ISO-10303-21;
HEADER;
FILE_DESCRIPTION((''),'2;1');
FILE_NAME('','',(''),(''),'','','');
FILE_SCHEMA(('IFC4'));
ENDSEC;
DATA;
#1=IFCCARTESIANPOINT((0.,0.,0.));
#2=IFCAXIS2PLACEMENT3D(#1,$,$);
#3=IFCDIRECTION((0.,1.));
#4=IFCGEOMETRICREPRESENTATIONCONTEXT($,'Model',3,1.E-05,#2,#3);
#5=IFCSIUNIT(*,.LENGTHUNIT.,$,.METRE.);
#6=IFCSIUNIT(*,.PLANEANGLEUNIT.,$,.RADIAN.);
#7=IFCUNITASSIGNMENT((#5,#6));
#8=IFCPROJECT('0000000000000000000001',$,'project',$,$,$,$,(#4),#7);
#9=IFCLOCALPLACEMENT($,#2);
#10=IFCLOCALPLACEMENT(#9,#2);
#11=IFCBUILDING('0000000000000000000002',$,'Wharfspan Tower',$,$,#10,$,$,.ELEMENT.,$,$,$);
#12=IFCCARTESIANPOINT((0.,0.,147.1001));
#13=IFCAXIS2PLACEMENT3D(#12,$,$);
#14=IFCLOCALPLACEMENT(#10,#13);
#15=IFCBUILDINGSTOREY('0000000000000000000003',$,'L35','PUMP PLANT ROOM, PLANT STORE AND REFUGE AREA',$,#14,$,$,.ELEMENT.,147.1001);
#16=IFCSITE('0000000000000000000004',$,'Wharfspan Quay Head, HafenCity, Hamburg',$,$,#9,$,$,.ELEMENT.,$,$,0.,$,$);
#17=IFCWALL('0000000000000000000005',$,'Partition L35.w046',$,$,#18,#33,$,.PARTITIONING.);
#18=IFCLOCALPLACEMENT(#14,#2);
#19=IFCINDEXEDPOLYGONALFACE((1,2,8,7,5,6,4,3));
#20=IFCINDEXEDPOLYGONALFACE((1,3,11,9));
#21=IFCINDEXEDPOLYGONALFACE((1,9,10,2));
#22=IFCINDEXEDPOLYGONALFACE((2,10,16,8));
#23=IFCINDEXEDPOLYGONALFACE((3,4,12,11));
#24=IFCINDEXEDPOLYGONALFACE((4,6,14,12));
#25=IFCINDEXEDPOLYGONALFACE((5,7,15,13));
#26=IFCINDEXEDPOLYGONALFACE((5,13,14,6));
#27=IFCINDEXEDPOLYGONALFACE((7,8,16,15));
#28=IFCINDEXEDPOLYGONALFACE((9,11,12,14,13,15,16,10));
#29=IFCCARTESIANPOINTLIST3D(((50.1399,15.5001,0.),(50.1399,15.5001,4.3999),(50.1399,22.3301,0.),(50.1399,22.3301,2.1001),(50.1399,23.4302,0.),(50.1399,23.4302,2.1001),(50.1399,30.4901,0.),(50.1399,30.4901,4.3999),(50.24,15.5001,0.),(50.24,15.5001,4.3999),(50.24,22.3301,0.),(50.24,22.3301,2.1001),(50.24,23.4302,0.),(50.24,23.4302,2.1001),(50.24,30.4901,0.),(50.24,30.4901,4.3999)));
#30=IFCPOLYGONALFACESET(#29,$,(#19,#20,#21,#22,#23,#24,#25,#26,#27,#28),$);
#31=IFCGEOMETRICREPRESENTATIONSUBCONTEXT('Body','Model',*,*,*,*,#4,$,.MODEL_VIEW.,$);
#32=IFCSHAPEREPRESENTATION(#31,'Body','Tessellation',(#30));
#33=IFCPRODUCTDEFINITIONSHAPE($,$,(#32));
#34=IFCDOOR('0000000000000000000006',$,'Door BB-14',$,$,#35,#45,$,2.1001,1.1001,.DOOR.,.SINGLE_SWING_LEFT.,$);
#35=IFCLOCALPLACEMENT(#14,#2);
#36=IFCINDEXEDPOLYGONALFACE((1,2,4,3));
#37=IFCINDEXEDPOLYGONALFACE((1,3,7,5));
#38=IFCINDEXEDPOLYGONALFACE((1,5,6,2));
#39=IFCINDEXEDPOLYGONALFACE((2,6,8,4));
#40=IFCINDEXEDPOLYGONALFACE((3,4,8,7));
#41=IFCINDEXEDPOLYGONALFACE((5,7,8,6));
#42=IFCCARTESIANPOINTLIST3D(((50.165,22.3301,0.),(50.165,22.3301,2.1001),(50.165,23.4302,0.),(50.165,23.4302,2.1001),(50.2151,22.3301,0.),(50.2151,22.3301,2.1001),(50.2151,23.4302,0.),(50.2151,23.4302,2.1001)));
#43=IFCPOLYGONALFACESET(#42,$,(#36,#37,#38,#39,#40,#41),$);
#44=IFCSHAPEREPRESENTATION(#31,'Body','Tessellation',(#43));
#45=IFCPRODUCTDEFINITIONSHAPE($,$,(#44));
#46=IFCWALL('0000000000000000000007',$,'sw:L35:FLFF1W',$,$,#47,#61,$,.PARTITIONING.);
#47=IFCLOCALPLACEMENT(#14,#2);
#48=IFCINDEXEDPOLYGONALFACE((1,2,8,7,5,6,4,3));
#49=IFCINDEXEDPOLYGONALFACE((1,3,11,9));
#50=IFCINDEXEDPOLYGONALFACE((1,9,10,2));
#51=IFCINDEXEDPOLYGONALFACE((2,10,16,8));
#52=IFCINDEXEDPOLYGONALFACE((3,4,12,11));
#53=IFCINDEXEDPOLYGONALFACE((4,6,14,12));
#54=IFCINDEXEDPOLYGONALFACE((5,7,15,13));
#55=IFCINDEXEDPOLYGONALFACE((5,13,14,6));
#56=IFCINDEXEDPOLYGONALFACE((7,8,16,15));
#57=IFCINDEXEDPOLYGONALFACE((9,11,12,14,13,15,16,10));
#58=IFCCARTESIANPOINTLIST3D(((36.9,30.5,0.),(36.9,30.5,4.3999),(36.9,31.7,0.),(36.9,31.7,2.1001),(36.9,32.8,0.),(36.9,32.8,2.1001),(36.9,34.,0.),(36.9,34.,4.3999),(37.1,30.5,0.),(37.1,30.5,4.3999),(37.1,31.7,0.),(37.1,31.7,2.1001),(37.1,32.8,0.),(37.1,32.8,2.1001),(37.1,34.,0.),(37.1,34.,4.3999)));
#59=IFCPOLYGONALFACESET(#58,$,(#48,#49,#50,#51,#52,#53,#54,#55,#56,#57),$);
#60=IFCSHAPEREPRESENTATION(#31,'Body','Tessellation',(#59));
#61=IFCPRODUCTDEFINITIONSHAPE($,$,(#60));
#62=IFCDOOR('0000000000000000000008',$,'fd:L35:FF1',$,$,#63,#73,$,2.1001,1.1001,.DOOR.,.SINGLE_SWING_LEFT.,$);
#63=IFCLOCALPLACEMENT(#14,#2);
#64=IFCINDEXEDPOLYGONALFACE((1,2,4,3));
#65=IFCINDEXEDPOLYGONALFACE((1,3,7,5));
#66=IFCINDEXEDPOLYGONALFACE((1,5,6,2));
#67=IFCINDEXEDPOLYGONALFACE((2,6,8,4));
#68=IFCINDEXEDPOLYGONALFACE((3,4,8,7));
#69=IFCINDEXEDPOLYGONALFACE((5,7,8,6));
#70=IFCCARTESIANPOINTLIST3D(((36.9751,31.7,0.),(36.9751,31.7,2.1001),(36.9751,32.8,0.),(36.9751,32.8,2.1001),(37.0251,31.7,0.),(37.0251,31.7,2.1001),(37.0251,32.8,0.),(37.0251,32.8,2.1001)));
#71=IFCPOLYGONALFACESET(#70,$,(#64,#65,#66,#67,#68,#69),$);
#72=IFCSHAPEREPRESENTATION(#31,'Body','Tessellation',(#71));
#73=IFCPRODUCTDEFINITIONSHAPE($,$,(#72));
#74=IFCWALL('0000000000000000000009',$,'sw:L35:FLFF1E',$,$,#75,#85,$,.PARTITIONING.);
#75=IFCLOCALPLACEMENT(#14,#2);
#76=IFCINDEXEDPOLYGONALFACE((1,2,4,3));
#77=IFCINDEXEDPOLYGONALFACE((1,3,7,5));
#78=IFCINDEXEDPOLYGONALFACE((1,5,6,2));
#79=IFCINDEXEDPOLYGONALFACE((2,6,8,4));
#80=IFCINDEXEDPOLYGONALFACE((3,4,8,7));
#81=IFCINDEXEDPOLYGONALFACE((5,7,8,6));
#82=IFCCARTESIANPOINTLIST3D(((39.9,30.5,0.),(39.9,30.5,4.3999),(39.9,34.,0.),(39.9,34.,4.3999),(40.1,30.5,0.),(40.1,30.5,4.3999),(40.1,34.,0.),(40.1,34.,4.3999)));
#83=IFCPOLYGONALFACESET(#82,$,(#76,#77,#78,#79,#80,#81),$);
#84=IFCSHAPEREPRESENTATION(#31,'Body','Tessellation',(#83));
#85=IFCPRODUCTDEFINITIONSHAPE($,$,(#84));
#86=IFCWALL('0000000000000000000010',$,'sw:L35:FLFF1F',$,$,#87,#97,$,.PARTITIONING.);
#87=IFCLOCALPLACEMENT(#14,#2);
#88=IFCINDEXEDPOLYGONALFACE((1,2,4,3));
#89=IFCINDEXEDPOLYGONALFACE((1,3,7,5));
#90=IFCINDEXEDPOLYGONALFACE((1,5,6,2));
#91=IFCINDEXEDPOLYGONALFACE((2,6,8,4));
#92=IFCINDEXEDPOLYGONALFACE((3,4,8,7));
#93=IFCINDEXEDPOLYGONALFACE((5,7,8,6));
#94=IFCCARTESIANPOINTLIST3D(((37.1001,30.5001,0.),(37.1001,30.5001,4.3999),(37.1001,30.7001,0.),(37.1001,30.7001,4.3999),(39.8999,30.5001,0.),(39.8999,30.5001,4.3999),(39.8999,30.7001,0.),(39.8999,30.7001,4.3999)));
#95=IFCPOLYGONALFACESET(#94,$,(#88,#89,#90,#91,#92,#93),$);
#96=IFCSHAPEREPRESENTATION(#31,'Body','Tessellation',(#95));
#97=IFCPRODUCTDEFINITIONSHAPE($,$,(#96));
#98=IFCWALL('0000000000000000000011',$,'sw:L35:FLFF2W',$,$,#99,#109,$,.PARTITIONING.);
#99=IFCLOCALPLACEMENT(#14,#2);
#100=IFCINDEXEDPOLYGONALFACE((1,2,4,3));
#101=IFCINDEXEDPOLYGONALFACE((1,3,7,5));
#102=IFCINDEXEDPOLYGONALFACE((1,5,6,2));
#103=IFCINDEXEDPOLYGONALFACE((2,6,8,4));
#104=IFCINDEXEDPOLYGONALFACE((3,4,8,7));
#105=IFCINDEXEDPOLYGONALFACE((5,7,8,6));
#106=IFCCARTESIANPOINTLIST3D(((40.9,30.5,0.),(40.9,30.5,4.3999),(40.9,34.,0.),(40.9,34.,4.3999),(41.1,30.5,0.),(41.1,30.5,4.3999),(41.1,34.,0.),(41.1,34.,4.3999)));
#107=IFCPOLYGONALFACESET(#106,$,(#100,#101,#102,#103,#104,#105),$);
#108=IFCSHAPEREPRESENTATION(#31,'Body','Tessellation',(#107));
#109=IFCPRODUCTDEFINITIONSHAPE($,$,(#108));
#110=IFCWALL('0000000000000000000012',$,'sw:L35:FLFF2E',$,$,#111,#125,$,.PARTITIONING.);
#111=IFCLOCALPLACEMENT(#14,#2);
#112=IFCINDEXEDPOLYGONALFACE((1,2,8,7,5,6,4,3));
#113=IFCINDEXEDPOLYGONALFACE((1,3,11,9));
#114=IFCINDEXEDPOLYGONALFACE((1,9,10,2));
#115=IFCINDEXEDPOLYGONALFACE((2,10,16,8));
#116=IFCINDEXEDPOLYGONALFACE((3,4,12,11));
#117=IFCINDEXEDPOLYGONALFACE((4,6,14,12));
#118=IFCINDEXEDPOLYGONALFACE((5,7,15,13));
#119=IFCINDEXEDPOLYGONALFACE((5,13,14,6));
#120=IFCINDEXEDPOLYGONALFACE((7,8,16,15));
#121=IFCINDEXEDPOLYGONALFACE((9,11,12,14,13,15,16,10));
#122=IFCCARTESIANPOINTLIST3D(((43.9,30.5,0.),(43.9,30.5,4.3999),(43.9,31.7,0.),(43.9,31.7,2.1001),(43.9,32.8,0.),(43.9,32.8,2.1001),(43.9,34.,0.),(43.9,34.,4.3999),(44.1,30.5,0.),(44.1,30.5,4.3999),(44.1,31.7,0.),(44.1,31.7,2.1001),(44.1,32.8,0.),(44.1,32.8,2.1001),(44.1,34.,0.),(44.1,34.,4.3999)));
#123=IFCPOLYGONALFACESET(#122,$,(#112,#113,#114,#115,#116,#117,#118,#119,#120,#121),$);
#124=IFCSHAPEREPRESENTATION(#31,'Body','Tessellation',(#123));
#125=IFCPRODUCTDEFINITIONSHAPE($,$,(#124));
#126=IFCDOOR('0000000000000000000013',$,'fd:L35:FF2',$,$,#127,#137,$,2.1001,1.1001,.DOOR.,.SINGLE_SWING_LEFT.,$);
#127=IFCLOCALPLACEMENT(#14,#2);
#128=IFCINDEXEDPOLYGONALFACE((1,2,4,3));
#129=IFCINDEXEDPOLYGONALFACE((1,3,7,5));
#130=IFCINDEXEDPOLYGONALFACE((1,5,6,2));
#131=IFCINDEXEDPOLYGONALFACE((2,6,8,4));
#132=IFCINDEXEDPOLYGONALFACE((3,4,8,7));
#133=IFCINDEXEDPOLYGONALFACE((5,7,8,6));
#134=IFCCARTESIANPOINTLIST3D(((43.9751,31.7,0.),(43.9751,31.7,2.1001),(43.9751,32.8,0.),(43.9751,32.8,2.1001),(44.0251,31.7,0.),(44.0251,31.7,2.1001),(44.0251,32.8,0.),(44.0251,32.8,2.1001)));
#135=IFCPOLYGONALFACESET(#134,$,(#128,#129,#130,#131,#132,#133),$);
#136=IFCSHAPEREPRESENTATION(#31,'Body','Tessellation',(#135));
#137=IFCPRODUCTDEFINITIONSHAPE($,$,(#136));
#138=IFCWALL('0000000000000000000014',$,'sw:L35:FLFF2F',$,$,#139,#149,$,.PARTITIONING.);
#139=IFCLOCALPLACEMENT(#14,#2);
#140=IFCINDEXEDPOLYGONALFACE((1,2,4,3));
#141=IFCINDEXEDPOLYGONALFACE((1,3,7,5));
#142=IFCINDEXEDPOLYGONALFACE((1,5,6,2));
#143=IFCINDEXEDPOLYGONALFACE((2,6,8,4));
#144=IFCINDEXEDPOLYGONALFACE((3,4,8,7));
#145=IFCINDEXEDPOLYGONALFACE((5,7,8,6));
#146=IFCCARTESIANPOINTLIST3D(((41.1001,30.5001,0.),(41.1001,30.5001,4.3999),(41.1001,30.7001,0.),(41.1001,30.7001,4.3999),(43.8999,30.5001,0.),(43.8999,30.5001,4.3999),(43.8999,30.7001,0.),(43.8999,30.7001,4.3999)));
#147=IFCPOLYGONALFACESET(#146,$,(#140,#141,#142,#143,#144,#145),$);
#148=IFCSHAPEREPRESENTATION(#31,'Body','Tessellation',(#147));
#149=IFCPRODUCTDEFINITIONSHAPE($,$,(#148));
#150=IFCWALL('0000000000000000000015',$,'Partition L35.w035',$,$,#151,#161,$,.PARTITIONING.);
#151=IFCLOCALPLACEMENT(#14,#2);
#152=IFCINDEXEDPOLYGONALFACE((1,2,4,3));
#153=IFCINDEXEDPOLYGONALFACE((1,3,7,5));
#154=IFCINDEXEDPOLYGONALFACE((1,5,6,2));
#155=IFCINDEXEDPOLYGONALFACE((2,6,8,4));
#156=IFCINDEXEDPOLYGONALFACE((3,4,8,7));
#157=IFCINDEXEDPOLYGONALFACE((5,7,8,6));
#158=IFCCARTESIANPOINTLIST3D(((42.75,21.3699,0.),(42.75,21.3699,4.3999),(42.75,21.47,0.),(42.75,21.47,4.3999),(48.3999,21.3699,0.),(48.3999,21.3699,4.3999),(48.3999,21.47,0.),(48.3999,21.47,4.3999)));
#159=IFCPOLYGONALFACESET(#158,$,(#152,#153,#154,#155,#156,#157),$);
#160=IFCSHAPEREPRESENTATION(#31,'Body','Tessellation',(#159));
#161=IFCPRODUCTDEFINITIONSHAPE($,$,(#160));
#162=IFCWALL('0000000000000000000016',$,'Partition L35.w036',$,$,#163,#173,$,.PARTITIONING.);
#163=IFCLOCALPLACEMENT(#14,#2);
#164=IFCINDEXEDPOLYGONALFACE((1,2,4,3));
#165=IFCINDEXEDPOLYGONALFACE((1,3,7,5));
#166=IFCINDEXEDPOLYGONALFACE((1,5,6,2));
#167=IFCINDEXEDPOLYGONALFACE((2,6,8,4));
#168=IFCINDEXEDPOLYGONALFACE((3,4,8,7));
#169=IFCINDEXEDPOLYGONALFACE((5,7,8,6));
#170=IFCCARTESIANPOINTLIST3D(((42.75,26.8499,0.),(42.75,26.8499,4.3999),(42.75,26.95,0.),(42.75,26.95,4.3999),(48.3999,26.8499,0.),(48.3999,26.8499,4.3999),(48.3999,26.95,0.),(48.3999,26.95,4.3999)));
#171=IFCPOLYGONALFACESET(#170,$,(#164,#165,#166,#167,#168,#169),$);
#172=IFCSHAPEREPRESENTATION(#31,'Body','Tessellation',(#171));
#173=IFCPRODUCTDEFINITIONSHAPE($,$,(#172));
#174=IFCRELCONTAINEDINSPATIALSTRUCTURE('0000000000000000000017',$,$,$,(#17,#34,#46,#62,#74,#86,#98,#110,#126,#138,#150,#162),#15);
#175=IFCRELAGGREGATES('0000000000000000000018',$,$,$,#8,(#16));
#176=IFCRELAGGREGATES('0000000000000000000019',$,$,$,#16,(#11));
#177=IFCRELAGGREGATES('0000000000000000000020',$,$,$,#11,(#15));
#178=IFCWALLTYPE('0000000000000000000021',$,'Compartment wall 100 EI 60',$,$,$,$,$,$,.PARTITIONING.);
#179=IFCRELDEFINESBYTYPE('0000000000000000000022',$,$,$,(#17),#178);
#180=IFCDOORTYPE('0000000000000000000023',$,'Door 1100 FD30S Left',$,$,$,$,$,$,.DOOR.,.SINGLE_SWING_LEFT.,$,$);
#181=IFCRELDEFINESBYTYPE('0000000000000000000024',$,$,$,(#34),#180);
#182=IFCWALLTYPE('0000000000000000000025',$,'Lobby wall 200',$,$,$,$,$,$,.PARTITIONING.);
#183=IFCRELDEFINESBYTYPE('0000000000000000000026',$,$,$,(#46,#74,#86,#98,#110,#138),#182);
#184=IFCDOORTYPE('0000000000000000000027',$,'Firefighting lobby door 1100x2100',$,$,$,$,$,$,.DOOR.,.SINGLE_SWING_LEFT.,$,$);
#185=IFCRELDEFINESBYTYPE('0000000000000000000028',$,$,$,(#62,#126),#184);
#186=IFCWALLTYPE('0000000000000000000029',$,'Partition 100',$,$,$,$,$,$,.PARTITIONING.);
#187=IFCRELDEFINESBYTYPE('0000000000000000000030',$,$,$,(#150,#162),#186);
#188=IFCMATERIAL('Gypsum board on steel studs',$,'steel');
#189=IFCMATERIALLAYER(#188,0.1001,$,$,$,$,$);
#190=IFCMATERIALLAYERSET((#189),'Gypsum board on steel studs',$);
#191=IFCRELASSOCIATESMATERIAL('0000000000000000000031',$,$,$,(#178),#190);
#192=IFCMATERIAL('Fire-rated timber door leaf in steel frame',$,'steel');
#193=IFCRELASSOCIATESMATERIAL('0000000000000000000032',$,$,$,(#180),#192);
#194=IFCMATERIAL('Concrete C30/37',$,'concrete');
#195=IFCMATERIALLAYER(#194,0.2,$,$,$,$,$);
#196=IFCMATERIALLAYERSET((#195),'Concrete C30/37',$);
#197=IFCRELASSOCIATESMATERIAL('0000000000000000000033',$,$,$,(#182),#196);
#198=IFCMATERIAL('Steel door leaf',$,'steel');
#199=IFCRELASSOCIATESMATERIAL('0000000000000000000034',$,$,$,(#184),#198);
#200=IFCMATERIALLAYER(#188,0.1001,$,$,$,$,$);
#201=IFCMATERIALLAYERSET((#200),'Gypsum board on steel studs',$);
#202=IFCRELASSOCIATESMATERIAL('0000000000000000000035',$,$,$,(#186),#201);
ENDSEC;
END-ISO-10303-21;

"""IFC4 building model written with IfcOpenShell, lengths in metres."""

from ifc_helpers import new_model, si_unit, direction, frame, frame_2d, origin, place, context, subcontext, project, spatial, rectangle, extrude, material, layer, layer_set, type_object, element, fill, save


model = new_model("IFC4")

# Units and contexts
model_context = context("Model", 3, precision=1e-05, world=origin(), true_north=direction((0.0, 1.0)))
body_context = subcontext(model_context, "Body", "Model", "MODEL_VIEW")
ifc_project = project(units=[si_unit("LENGTHUNIT", "METRE"), si_unit("PLANEANGLEUNIT", "RADIAN")], contexts=[model_context])

# Site, building, storey
site_placement = place(None, origin())
site = spatial("IfcSite", under=ifc_project, at=site_placement, Name="Wharfspan Quay Head, HafenCity, Hamburg", CompositionType="ELEMENT", RefElevation=0.0)
building_placement = place(site_placement, origin())
building = spatial("IfcBuilding", under=site, at=building_placement, Name="Wharfspan Tower", CompositionType="ELEMENT")
storey_placement = place(building_placement, frame((0.0, 0.0, 147.1001)))
storey = spatial("IfcBuildingStorey", under=building, at=storey_placement, Name="L35", Description="PUMP PLANT ROOM, PLANT STORE AND REFUGE AREA", CompositionType="ELEMENT", Elevation=147.1001)

# Shared definitions
ifc_material_1 = material(Name="Gypsum board on steel studs", Category="steel")
ifc_layer_1 = layer(ifc_material_1, 0.1001)
ifc_layer_set_1 = layer_set([ifc_layer_1], Name="Gypsum board on steel studs")
wall_type_1 = type_object("IfcWallType", Name="Compartment wall 100 EI 60", PredefinedType="PARTITIONING", material=ifc_layer_set_1)

# Walls, openings, doors
wall_1_placement = place(storey_placement, frame((50.1899, 15.5, 0.0), z_axis=(0.0, 0.0, 1.0), x_axis=(0.0, 1.0, 0.0)))
wall_1 = element("IfcWall", 1, at=wall_1_placement, inside=storey, type_object=wall_type_1, Name="Partition L35.w046", PredefinedType="PARTITIONING", context=body_context, shape_type="SweptSolid", body=[
    extrude(rectangle(XDim=14.99, YDim=0.1001, at=frame_2d((7.4951, 0.0))), origin(), (0.0, 0.0, 1.0), 4.3999),
])
opening_1_placement = place(wall_1_placement, frame((6.8301, 0.0, 0.0)))
opening_1 = element("IfcOpeningElement", 2, at=opening_1_placement, cuts=wall_1, PredefinedType="OPENING", context=body_context, shape_type="SweptSolid", body=[
    extrude(rectangle(XDim=1.1001, YDim=2.1001, at=frame_2d((0.55, 1.05))), frame((0.0, 0.0601, 0.0), z_axis=(0.0, -1.0, 0.0), x_axis=(1.0, 0.0, 0.0)), (0.0, 0.0, 1.0), 0.1201),
])
ifc_material_2 = material(Name="Fire-rated timber door leaf in steel frame", Category="steel")
door_type_1 = type_object("IfcDoorType", Name="Door 1100 FD30S Left", OperationType="SINGLE_SWING_LEFT", PredefinedType="DOOR", material=ifc_material_2)
door_1_placement = place(opening_1_placement, origin())
door_1 = element("IfcDoor", 3, at=door_1_placement, inside=storey, type_object=door_type_1, Name="Door BB-14", OperationType="SINGLE_SWING_LEFT", OverallHeight=2.1001, OverallWidth=1.1001, PredefinedType="DOOR", context=body_context, shape_type="SweptSolid", body=[
    extrude(rectangle(XDim=1.1001, YDim=2.1001, at=frame_2d((0.55, 1.05))), frame((0.0, 0.0249, 0.0), z_axis=(0.0, -1.0, 0.0), x_axis=(1.0, 0.0, 0.0)), (0.0, 0.0, 1.0), 0.05),
])
fill(opening_1, door_1)
ifc_material_3 = material(Name="Concrete C30/37", Category="concrete")
ifc_layer_2 = layer(ifc_material_3, 0.2)
ifc_layer_set_2 = layer_set([ifc_layer_2], Name="Concrete C30/37")
wall_type_2 = type_object("IfcWallType", Name="Lobby wall 200", PredefinedType="PARTITIONING", material=ifc_layer_set_2)
wall_2_placement = place(storey_placement, frame((37.0, 30.5, 0.0), z_axis=(0.0, 0.0, 1.0), x_axis=(0.0, 1.0, 0.0)))
wall_2 = element("IfcWall", 4, at=wall_2_placement, inside=storey, type_object=wall_type_2, Name="sw:L35:FLFF1W", PredefinedType="PARTITIONING", context=body_context, shape_type="SweptSolid", body=[
    extrude(rectangle(XDim=3.5, YDim=0.2, at=frame_2d((1.75, 0.0))), origin(), (0.0, 0.0, 1.0), 4.3999),
])
opening_2_placement = place(wall_2_placement, frame((1.2, 0.0, 0.0)))
opening_2 = element("IfcOpeningElement", 5, at=opening_2_placement, cuts=wall_2, PredefinedType="OPENING", context=body_context, shape_type="SweptSolid", body=[
    extrude(rectangle(XDim=1.1001, YDim=2.1001, at=frame_2d((0.55, 1.05))), frame((0.0, 0.1099, 0.0), z_axis=(0.0, -1.0, 0.0), x_axis=(1.0, 0.0, 0.0)), (0.0, 0.0, 1.0), 0.22),
])
ifc_material_4 = material(Name="Steel door leaf", Category="steel")
door_type_2 = type_object("IfcDoorType", Name="Firefighting lobby door 1100x2100", OperationType="SINGLE_SWING_LEFT", PredefinedType="DOOR", material=ifc_material_4)
door_2_placement = place(opening_2_placement, origin())
door_2 = element("IfcDoor", 6, at=door_2_placement, inside=storey, type_object=door_type_2, Name="fd:L35:FF1", OperationType="SINGLE_SWING_LEFT", OverallHeight=2.1001, OverallWidth=1.1001, PredefinedType="DOOR", context=body_context, shape_type="SweptSolid", body=[
    extrude(rectangle(XDim=1.1001, YDim=2.1001, at=frame_2d((0.55, 1.05))), frame((0.0, 0.0249, 0.0), z_axis=(0.0, -1.0, 0.0), x_axis=(1.0, 0.0, 0.0)), (0.0, 0.0, 1.0), 0.05),
])
fill(opening_2, door_2)

# Walls
wall_3_placement = place(storey_placement, frame((40.0, 30.5, 0.0), z_axis=(0.0, 0.0, 1.0), x_axis=(0.0, 1.0, 0.0)))
element("IfcWall", 7, at=wall_3_placement, inside=storey, type_object=wall_type_2, Name="sw:L35:FLFF1E", PredefinedType="PARTITIONING", context=body_context, shape_type="SweptSolid", body=[
    extrude(rectangle(XDim=3.5, YDim=0.2, at=frame_2d((1.75, 0.0))), origin(), (0.0, 0.0, 1.0), 4.3999),
])
wall_4_placement = place(storey_placement, frame((37.1001, 30.6001, 0.0), z_axis=(0.0, 0.0, 1.0), x_axis=(1.0, 0.0, 0.0)))
element("IfcWall", 8, at=wall_4_placement, inside=storey, type_object=wall_type_2, Name="sw:L35:FLFF1F", PredefinedType="PARTITIONING", context=body_context, shape_type="SweptSolid", body=[
    extrude(rectangle(XDim=2.7998, YDim=0.2, at=frame_2d((1.3999, 0.0))), origin(), (0.0, 0.0, 1.0), 4.3999),
])
wall_5_placement = place(storey_placement, frame((41.0, 30.5, 0.0), z_axis=(0.0, 0.0, 1.0), x_axis=(0.0, 1.0, 0.0)))
element("IfcWall", 9, at=wall_5_placement, inside=storey, type_object=wall_type_2, Name="sw:L35:FLFF2W", PredefinedType="PARTITIONING", context=body_context, shape_type="SweptSolid", body=[
    extrude(rectangle(XDim=3.5, YDim=0.2, at=frame_2d((1.75, 0.0))), origin(), (0.0, 0.0, 1.0), 4.3999),
])

# Wall, opening, door
wall_6_placement = place(storey_placement, frame((44.0, 30.5, 0.0), z_axis=(0.0, 0.0, 1.0), x_axis=(0.0, 1.0, 0.0)))
wall_6 = element("IfcWall", 10, at=wall_6_placement, inside=storey, type_object=wall_type_2, Name="sw:L35:FLFF2E", PredefinedType="PARTITIONING", context=body_context, shape_type="SweptSolid", body=[
    extrude(rectangle(XDim=3.5, YDim=0.2, at=frame_2d((1.75, 0.0))), origin(), (0.0, 0.0, 1.0), 4.3999),
])
opening_3_placement = place(wall_6_placement, frame((1.2, 0.0, 0.0)))
opening_3 = element("IfcOpeningElement", 11, at=opening_3_placement, cuts=wall_6, PredefinedType="OPENING", context=body_context, shape_type="SweptSolid", body=[
    extrude(rectangle(XDim=1.1001, YDim=2.1001, at=frame_2d((0.55, 1.05))), frame((0.0, 0.1099, 0.0), z_axis=(0.0, -1.0, 0.0), x_axis=(1.0, 0.0, 0.0)), (0.0, 0.0, 1.0), 0.22),
])
door_3_placement = place(opening_3_placement, origin())
door_3 = element("IfcDoor", 12, at=door_3_placement, inside=storey, type_object=door_type_2, Name="fd:L35:FF2", OperationType="SINGLE_SWING_LEFT", OverallHeight=2.1001, OverallWidth=1.1001, PredefinedType="DOOR", context=body_context, shape_type="SweptSolid", body=[
    extrude(rectangle(XDim=1.1001, YDim=2.1001, at=frame_2d((0.55, 1.05))), frame((0.0, 0.0249, 0.0), z_axis=(0.0, -1.0, 0.0), x_axis=(1.0, 0.0, 0.0)), (0.0, 0.0, 1.0), 0.05),
])
fill(opening_3, door_3)

# Walls
wall_7_placement = place(storey_placement, frame((41.1001, 30.6001, 0.0), z_axis=(0.0, 0.0, 1.0), x_axis=(1.0, 0.0, 0.0)))
element("IfcWall", 13, at=wall_7_placement, inside=storey, type_object=wall_type_2, Name="sw:L35:FLFF2F", PredefinedType="PARTITIONING", context=body_context, shape_type="SweptSolid", body=[
    extrude(rectangle(XDim=2.7998, YDim=0.2, at=frame_2d((1.3999, 0.0))), origin(), (0.0, 0.0, 1.0), 4.3999),
])
ifc_layer_3 = layer(ifc_material_1, 0.1001)
ifc_layer_set_3 = layer_set([ifc_layer_3], Name="Gypsum board on steel studs")
wall_type_3 = type_object("IfcWallType", Name="Partition 100", PredefinedType="PARTITIONING", material=ifc_layer_set_3)
for number, where, z_axis, x_axis, name in (
    (14, (42.75, 21.4199, 0.0), (0.0, 0.0, 1.0), (1.0, 0.0, 0.0), "Partition L35.w035"),
    (15, (42.75, 26.8999, 0.0), (0.0, 0.0, 1.0), (1.0, 0.0, 0.0), "Partition L35.w036"),
):
    element("IfcWall", number, at=place(storey_placement, frame(where, z_axis=z_axis, x_axis=x_axis)), inside=storey, type_object=wall_type_3, Name=name, PredefinedType="PARTITIONING", context=body_context, shape_type="SweptSolid", body=[
        extrude(rectangle(XDim=5.6499, YDim=0.1001, at=frame_2d((2.825, 0.0))), origin(), (0.0, 0.0, 1.0), 4.3999),
    ])

save(model, "model.ifc")
